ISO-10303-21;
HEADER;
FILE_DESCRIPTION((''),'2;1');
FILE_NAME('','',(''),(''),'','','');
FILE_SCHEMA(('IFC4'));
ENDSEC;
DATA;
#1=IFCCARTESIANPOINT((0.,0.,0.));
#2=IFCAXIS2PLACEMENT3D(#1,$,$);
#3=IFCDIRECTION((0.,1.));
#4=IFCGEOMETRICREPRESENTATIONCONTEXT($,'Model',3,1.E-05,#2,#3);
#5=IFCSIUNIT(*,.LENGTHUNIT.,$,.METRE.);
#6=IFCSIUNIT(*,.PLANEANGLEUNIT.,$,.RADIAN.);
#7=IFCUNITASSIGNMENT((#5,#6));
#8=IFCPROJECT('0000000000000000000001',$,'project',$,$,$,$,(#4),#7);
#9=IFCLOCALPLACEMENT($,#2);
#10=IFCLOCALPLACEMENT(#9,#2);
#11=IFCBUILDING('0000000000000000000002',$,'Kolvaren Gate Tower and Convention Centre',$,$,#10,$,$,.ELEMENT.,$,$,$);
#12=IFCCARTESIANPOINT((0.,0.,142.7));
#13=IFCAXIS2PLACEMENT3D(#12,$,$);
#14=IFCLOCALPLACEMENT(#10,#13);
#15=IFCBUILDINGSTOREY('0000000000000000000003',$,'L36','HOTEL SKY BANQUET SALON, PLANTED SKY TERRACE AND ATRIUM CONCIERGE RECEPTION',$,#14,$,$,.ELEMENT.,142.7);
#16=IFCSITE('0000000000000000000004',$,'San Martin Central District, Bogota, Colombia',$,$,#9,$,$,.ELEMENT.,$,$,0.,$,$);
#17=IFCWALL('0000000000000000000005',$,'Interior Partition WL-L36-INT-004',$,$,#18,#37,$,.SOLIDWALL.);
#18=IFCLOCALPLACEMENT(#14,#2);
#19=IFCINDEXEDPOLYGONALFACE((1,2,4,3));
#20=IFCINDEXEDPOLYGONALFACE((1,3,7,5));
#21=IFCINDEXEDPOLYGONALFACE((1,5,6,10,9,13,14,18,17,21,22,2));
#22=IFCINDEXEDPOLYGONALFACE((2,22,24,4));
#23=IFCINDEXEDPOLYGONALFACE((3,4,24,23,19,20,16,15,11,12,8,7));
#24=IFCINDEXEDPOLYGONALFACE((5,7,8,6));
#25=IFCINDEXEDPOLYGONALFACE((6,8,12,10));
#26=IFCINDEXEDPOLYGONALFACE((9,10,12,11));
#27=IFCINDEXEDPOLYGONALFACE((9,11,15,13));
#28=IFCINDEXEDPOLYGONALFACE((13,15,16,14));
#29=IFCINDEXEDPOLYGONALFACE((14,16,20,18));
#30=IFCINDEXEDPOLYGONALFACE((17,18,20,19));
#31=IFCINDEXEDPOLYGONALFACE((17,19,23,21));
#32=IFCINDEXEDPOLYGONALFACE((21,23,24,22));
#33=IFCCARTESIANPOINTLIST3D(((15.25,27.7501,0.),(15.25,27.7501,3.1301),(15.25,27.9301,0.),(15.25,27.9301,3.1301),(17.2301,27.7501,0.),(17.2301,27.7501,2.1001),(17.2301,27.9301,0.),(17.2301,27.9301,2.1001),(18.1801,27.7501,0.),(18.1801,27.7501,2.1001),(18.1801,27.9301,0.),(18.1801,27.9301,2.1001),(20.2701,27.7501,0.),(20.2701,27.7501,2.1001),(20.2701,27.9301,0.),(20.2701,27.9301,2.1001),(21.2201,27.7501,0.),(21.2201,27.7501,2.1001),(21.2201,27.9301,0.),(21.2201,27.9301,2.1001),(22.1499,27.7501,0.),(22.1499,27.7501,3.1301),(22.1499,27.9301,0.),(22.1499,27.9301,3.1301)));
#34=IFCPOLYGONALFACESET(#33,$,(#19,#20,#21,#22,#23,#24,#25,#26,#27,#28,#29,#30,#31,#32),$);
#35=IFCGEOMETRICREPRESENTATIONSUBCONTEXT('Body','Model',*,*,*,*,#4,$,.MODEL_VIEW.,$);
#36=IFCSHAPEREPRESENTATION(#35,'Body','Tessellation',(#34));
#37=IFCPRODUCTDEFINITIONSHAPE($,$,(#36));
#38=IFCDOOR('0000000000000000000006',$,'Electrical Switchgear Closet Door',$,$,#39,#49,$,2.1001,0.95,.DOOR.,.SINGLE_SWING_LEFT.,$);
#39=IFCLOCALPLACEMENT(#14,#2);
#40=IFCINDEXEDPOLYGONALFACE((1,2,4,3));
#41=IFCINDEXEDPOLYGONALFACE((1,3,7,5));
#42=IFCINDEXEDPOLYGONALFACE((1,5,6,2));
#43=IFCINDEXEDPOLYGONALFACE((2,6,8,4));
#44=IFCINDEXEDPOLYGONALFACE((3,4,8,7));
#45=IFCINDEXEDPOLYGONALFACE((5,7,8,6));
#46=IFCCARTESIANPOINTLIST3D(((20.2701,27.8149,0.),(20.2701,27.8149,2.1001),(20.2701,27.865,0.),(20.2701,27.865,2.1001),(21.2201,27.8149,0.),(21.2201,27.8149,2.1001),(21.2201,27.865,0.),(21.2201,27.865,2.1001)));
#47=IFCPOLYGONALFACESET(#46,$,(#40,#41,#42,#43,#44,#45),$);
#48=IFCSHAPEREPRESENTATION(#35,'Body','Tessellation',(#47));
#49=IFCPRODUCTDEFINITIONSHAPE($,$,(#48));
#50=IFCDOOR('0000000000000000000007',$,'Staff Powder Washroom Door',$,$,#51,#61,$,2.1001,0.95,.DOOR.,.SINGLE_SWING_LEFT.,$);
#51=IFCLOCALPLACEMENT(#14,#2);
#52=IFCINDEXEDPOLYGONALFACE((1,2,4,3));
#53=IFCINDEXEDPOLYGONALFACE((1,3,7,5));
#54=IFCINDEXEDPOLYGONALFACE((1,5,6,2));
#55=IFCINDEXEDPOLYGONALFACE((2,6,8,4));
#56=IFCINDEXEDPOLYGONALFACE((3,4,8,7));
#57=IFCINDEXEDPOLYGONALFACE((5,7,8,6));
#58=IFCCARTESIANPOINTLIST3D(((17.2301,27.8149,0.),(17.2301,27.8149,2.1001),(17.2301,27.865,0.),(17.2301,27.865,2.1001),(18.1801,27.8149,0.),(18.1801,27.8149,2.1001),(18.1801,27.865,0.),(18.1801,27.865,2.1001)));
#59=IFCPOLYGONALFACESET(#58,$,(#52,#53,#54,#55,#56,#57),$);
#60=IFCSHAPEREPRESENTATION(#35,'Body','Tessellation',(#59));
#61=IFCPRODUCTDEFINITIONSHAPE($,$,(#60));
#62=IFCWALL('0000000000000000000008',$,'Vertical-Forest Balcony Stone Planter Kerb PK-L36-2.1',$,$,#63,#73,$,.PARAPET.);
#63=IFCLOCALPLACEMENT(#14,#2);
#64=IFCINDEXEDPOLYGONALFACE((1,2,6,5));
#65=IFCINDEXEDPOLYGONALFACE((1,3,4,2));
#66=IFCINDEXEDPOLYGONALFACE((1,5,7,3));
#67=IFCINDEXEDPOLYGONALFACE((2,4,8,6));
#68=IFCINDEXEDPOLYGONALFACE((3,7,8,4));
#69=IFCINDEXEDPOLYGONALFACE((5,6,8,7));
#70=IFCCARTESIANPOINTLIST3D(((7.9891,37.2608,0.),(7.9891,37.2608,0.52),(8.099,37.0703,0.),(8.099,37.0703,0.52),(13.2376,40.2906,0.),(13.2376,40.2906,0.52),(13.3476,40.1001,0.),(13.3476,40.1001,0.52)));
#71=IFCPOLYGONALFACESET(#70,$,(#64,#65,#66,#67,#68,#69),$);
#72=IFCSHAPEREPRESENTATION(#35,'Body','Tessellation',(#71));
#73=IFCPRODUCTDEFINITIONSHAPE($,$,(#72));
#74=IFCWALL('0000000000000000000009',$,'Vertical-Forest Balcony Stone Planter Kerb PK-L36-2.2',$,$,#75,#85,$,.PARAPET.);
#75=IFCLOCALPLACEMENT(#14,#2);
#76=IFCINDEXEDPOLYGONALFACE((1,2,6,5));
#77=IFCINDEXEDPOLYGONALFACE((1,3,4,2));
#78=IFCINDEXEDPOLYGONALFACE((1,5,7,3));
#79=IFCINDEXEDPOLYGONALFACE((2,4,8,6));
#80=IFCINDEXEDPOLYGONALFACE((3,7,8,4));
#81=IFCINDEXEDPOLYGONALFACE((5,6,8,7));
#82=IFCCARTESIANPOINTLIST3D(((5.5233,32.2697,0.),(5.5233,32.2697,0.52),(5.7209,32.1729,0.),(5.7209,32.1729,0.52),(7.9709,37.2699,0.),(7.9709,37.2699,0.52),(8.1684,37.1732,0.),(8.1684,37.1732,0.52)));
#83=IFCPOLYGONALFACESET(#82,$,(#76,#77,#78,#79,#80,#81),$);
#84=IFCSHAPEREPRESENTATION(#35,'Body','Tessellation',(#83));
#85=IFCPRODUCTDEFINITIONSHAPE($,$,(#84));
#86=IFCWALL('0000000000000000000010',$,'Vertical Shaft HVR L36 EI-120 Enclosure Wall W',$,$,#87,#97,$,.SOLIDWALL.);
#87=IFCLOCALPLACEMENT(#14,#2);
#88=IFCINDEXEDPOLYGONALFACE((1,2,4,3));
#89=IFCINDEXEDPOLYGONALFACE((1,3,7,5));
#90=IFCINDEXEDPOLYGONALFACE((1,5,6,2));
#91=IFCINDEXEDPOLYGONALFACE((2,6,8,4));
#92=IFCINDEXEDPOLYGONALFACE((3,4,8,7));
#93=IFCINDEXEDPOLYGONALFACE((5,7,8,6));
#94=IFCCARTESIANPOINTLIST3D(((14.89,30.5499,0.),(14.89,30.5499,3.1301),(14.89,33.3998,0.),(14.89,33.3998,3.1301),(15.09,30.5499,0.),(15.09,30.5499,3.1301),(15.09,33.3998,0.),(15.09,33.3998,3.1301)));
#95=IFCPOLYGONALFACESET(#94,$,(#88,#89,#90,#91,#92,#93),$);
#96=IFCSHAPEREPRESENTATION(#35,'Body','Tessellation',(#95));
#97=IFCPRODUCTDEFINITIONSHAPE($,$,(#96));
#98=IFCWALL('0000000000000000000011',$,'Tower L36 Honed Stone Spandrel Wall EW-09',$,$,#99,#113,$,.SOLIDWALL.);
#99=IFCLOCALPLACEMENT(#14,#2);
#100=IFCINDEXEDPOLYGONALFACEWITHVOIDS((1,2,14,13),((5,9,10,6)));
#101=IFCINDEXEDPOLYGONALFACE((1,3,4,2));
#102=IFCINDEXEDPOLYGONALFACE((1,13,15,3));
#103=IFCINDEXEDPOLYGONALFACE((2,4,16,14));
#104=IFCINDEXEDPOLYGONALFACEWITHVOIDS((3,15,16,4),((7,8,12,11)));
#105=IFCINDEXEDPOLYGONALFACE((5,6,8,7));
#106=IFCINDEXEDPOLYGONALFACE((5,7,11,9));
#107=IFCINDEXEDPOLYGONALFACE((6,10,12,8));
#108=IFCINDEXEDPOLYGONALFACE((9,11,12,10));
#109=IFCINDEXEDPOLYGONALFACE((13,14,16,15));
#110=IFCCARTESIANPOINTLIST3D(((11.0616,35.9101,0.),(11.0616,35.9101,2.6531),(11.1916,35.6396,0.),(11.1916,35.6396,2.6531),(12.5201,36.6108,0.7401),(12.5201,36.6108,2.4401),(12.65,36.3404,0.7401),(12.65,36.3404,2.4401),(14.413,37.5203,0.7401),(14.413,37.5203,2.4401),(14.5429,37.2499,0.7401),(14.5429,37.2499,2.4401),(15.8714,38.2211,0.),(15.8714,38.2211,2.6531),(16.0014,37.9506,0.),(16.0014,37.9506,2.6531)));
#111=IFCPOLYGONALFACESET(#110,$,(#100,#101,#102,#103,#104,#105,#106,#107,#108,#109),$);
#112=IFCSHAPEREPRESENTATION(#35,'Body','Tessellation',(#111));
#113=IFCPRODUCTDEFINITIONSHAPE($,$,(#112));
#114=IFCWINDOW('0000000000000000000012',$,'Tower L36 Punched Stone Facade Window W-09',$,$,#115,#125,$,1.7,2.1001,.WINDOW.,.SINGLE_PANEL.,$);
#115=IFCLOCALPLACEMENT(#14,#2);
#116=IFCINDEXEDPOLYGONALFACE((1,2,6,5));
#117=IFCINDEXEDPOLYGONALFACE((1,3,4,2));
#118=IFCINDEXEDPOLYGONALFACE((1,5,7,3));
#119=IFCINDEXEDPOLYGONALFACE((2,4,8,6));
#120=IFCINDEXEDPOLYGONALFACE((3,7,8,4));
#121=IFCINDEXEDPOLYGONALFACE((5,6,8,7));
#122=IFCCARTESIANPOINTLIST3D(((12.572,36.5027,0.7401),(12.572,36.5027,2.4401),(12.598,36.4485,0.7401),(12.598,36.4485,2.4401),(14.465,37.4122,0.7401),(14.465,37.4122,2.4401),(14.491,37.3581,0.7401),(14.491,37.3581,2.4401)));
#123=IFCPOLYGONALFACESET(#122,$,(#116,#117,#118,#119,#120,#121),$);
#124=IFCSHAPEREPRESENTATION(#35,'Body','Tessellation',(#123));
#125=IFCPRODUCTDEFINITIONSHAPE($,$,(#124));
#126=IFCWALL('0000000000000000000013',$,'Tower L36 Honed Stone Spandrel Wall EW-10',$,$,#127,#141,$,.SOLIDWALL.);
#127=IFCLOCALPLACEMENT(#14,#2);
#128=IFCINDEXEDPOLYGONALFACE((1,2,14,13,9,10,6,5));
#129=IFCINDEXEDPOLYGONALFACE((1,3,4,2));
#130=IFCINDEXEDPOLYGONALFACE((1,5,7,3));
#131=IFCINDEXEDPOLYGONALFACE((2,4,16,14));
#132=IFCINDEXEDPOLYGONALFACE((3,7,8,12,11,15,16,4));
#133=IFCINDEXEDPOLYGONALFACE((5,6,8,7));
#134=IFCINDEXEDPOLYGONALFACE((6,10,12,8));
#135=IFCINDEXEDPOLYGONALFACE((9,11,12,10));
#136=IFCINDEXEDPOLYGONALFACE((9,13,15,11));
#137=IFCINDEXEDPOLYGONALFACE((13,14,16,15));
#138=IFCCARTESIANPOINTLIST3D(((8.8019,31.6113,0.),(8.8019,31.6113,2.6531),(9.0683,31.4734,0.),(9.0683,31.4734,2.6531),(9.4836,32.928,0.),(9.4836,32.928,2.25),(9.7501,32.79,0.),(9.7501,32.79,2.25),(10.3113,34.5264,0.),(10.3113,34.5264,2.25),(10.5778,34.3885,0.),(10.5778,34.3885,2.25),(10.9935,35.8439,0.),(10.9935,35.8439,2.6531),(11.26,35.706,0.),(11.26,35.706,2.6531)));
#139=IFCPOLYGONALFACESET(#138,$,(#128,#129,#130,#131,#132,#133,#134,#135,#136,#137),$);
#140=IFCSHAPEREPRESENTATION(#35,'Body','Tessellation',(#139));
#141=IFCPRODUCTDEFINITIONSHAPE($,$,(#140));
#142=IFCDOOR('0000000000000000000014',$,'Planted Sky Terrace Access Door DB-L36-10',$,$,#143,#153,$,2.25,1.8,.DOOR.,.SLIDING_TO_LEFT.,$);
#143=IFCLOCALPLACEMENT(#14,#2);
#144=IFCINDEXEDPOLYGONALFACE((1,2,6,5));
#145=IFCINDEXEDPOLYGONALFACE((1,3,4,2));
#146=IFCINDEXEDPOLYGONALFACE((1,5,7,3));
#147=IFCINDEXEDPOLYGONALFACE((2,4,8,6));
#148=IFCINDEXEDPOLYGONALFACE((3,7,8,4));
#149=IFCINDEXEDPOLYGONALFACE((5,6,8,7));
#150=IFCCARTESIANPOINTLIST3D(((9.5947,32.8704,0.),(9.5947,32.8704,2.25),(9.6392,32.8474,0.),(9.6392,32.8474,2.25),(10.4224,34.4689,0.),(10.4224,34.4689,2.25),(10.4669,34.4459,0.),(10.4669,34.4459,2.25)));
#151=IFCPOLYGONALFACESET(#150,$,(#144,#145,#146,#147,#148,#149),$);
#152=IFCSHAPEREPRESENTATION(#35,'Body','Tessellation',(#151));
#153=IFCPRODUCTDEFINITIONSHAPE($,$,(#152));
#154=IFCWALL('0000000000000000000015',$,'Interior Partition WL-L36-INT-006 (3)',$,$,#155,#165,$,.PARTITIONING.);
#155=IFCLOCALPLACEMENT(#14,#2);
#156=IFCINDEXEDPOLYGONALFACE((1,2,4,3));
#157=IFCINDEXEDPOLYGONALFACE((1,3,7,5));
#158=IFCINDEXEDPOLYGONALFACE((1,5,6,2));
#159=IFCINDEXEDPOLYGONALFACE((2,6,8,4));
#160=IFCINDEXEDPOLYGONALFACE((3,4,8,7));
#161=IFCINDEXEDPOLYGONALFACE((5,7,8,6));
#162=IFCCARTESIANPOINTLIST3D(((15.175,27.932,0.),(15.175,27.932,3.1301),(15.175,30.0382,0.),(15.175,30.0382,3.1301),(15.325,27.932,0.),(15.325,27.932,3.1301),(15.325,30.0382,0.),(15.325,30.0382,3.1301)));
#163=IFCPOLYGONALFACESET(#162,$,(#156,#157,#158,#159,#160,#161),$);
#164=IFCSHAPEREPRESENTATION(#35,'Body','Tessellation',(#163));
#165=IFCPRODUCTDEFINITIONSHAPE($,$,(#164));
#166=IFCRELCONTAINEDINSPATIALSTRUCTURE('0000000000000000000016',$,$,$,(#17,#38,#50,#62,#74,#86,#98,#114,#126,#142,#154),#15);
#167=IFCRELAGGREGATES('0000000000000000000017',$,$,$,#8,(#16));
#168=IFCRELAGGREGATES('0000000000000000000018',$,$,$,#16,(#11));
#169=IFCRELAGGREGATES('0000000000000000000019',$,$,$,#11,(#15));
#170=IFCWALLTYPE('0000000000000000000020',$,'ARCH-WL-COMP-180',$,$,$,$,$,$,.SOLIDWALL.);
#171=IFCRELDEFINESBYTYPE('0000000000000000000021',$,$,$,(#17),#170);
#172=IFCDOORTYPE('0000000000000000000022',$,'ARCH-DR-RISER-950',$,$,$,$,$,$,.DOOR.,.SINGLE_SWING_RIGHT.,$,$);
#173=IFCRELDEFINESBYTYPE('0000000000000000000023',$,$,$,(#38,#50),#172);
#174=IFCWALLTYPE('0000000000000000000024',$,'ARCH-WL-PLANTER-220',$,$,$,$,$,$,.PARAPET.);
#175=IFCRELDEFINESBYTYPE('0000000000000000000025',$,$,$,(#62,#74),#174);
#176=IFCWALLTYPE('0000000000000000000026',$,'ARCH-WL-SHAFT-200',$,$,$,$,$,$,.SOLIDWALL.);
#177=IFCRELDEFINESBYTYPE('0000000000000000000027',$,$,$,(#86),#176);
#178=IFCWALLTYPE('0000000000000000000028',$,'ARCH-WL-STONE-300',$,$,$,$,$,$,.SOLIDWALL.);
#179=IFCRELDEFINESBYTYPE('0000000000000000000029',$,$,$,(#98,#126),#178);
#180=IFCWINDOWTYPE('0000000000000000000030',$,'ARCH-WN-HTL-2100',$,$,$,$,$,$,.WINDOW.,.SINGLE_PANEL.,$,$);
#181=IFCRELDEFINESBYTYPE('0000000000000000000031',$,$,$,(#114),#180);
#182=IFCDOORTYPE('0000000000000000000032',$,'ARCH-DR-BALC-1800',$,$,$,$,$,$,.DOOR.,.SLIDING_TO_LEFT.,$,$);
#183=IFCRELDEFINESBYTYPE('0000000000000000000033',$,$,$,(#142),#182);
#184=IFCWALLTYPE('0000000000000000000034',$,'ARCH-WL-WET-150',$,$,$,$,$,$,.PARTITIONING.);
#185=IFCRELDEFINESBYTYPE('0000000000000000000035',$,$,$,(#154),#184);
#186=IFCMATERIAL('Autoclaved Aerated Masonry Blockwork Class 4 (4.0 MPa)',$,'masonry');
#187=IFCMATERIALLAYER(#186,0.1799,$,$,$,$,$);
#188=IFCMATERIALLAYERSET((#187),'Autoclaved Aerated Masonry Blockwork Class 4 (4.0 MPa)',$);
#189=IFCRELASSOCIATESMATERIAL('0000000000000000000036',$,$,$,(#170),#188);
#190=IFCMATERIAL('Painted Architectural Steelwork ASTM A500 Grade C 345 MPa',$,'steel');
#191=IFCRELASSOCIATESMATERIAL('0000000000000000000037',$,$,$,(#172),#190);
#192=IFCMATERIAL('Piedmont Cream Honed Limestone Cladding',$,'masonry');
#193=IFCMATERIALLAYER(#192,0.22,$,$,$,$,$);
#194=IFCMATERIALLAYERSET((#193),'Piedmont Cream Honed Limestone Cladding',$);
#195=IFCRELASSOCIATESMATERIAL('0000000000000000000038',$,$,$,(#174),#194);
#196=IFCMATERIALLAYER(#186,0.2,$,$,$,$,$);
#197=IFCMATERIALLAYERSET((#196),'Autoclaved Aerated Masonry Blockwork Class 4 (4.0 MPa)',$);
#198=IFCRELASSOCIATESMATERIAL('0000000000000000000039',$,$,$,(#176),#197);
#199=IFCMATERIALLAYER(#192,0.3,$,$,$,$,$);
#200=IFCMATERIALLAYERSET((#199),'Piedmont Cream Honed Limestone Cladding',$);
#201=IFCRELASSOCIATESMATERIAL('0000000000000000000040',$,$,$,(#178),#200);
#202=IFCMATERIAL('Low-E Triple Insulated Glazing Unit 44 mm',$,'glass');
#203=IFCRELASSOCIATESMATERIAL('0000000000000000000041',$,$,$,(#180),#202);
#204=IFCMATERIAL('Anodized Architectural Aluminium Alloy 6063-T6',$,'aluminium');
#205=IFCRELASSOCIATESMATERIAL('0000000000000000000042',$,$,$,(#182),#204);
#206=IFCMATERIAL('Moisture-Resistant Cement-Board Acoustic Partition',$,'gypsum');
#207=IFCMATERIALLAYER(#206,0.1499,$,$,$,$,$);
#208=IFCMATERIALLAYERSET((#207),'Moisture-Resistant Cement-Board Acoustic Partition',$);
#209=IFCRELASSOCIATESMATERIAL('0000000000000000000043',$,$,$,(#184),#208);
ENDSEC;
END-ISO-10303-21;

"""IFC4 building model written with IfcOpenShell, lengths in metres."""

from ifc_helpers import new_model, si_unit, direction, frame, frame_2d, origin, place, context, subcontext, project, spatial, rectangle, extrude, material, layer, layer_set, type_object, element, fill, save


model = new_model("IFC4")

# Units and contexts
model_context = context("Model", 3, precision=1e-05, world=origin(), true_north=direction((0.0, 1.0)))
body_context = subcontext(model_context, "Body", "Model", "MODEL_VIEW")
ifc_project = project(units=[si_unit("LENGTHUNIT", "METRE"), si_unit("PLANEANGLEUNIT", "RADIAN")], contexts=[model_context])

# Site, building, storey
site_placement = place(None, origin())
site = spatial("IfcSite", under=ifc_project, at=site_placement, Name="San Martin Central District, Bogota, Colombia", CompositionType="ELEMENT", RefElevation=0.0)
building_placement = place(site_placement, origin())
building = spatial("IfcBuilding", under=site, at=building_placement, Name="Kolvaren Gate Tower and Convention Centre", CompositionType="ELEMENT")
storey_placement = place(building_placement, frame((0.0, 0.0, 142.7)))
storey = spatial("IfcBuildingStorey", under=building, at=storey_placement, Name="L36", Description="HOTEL SKY BANQUET SALON, PLANTED SKY TERRACE AND ATRIUM CONCIERGE RECEPTION", CompositionType="ELEMENT", Elevation=142.7)

# Wall, openings, doors
ifc_material_1 = material(Name="Autoclaved Aerated Masonry Blockwork Class 4 (4.0 MPa)", Category="masonry")
ifc_layer_1 = layer(ifc_material_1, 0.1799)
ifc_layer_set_1 = layer_set([ifc_layer_1], Name="Autoclaved Aerated Masonry Blockwork Class 4 (4.0 MPa)")
wall_type_1 = type_object("IfcWallType", Name="ARCH-WL-COMP-180", PredefinedType="SOLIDWALL", material=ifc_layer_set_1)
wall_1_placement = place(storey_placement, frame((15.25, 27.8401, 0.0), z_axis=(0.0, 0.0, 1.0), x_axis=(1.0, 0.0, 0.0)))
wall_1 = element("IfcWall", 1, at=wall_1_placement, inside=storey, type_object=wall_type_1, Name="Interior Partition WL-L36-INT-004", PredefinedType="SOLIDWALL", context=body_context, shape_type="SweptSolid", body=[
    extrude(rectangle(XDim=6.8999, YDim=0.1799, at=frame_2d((3.45, 0.0))), origin(), (0.0, 0.0, 1.0), 3.1301),
])
opening_1_placement = place(wall_1_placement, frame((5.02, 0.0, 0.0)))
opening_1 = element("IfcOpeningElement", 2, at=opening_1_placement, cuts=wall_1, PredefinedType="OPENING", context=body_context, shape_type="SweptSolid", body=[
    extrude(rectangle(XDim=0.95, YDim=2.1001, at=frame_2d((0.4751, 1.05))), frame((0.0, 0.0999, 0.0), z_axis=(0.0, -1.0, 0.0), x_axis=(1.0, 0.0, 0.0)), (0.0, 0.0, 1.0), 0.2),
])
opening_2_placement = place(wall_1_placement, frame((1.98, 0.0, 0.0)))
opening_2 = element("IfcOpeningElement", 3, at=opening_2_placement, cuts=wall_1, PredefinedType="OPENING", context=body_context, shape_type="SweptSolid", body=[
    extrude(rectangle(XDim=0.95, YDim=2.1001, at=frame_2d((0.4751, 1.05))), frame((0.0, 0.0999, 0.0), z_axis=(0.0, -1.0, 0.0), x_axis=(1.0, 0.0, 0.0)), (0.0, 0.0, 1.0), 0.2),
])
ifc_material_2 = material(Name="Painted Architectural Steelwork ASTM A500 Grade C 345 MPa", Category="steel")
door_type_1 = type_object("IfcDoorType", Name="ARCH-DR-RISER-950", OperationType="SINGLE_SWING_RIGHT", PredefinedType="DOOR", material=ifc_material_2)
door_1_placement = place(opening_1_placement, origin())
door_1 = element("IfcDoor", 4, at=door_1_placement, inside=storey, type_object=door_type_1, Name="Electrical Switchgear Closet Door", OperationType="SINGLE_SWING_LEFT", OverallHeight=2.1001, OverallWidth=0.95, PredefinedType="DOOR", context=body_context, shape_type="SweptSolid", body=[
    extrude(rectangle(XDim=0.95, YDim=2.1001, at=frame_2d((0.4751, 1.05))), frame((0.0, 0.0249, 0.0), z_axis=(0.0, -1.0, 0.0), x_axis=(1.0, 0.0, 0.0)), (0.0, 0.0, 1.0), 0.05),
])
fill(opening_1, door_1)
door_2_placement = place(opening_2_placement, origin())
door_2 = element("IfcDoor", 5, at=door_2_placement, inside=storey, type_object=door_type_1, Name="Staff Powder Washroom Door", OperationType="SINGLE_SWING_LEFT", OverallHeight=2.1001, OverallWidth=0.95, PredefinedType="DOOR", context=body_context, shape_type="SweptSolid", body=[
    extrude(rectangle(XDim=0.95, YDim=2.1001, at=frame_2d((0.4751, 1.05))), frame((0.0, 0.0249, 0.0), z_axis=(0.0, -1.0, 0.0), x_axis=(1.0, 0.0, 0.0)), (0.0, 0.0, 1.0), 0.05),
])
fill(opening_2, door_2)

# Walls
ifc_material_3 = material(Name="Piedmont Cream Honed Limestone Cladding", Category="masonry")
ifc_layer_2 = layer(ifc_material_3, 0.22)
ifc_layer_set_2 = layer_set([ifc_layer_2], Name="Piedmont Cream Honed Limestone Cladding")
wall_type_2 = type_object("IfcWallType", Name="ARCH-WL-PLANTER-220", PredefinedType="PARAPET", material=ifc_layer_set_2)
wall_2_placement = place(storey_placement, frame((8.0439, 37.1655, 0.0), z_axis=(0.0, 0.0, 1.0), x_axis=(0.866058, 0.499943, 0.0)))
element("IfcWall", 6, at=wall_2_placement, inside=storey, type_object=wall_type_2, Name="Vertical-Forest Balcony Stone Planter Kerb PK-L36-2.1", PredefinedType="PARAPET", context=body_context, shape_type="SweptSolid", body=[
    extrude(rectangle(XDim=6.0603, YDim=0.22, at=frame_2d((3.0303, 0.0))), origin(), (0.0, 0.0, 1.0), 0.52),
])
wall_3_placement = place(storey_placement, frame((5.6221, 32.2212, 0.0), z_axis=(0.0, 0.0, 1.0), x_axis=(0.439637, 0.898175, 0.0)))
element("IfcWall", 7, at=wall_3_placement, inside=storey, type_object=wall_type_2, Name="Vertical-Forest Balcony Stone Planter Kerb PK-L36-2.2", PredefinedType="PARAPET", context=body_context, shape_type="SweptSolid", body=[
    extrude(rectangle(XDim=5.5671, YDim=0.22, at=frame_2d((2.7837, 0.0))), origin(), (0.0, 0.0, 1.0), 0.52),
])
ifc_layer_3 = layer(ifc_material_1, 0.2)
ifc_layer_set_3 = layer_set([ifc_layer_3], Name="Autoclaved Aerated Masonry Blockwork Class 4 (4.0 MPa)")
wall_type_3 = type_object("IfcWallType", Name="ARCH-WL-SHAFT-200", PredefinedType="SOLIDWALL", material=ifc_layer_set_3)
wall_4_placement = place(storey_placement, frame((14.99, 30.55, 0.0), z_axis=(0.0, 0.0, 1.0), x_axis=(0.0, 1.0, 0.0)))
element("IfcWall", 8, at=wall_4_placement, inside=storey, type_object=wall_type_3, Name="Vertical Shaft HVR L36 EI-120 Enclosure Wall W", PredefinedType="SOLIDWALL", context=body_context, shape_type="SweptSolid", body=[
    extrude(rectangle(XDim=2.8499, YDim=0.2, at=frame_2d((1.4248, 0.0))), origin(), (0.0, 0.0, 1.0), 3.1301),
])

# Wall, opening, window
ifc_layer_4 = layer(ifc_material_3, 0.3)
ifc_layer_set_4 = layer_set([ifc_layer_4], Name="Piedmont Cream Honed Limestone Cladding")
wall_type_4 = type_object("IfcWallType", Name="ARCH-WL-STONE-300", PredefinedType="SOLIDWALL", material=ifc_layer_set_4)
wall_5_placement = place(storey_placement, frame((11.1267, 35.7749, 0.0), z_axis=(0.0, 0.0, 1.0), x_axis=(0.901353, 0.433085, 0.0)))
wall_5 = element("IfcWall", 9, at=wall_5_placement, inside=storey, type_object=wall_type_4, Name="Tower L36 Honed Stone Spandrel Wall EW-09", PredefinedType="SOLIDWALL", context=body_context, shape_type="SweptSolid", body=[
    extrude(rectangle(XDim=5.3362, YDim=0.3, at=frame_2d((2.668, 0.0))), origin(), (0.0, 0.0, 1.0), 2.6531),
])
opening_3_placement = place(wall_5_placement, frame((1.6179, 0.0, 0.74)))
opening_3 = element("IfcOpeningElement", 10, at=opening_3_placement, cuts=wall_5, PredefinedType="OPENING", context=body_context, shape_type="SweptSolid", body=[
    extrude(rectangle(XDim=2.1001, YDim=1.7, at=frame_2d((1.05, 0.8501))), frame((0.0, 0.1599, 0.0), z_axis=(0.0, -1.0, 0.0), x_axis=(1.0, 0.0, 0.0)), (0.0, 0.0, 1.0), 0.3201),
])
ifc_material_4 = material(Name="Low-E Triple Insulated Glazing Unit 44 mm", Category="glass")
window_type = type_object("IfcWindowType", Name="ARCH-WN-HTL-2100", PartitioningType="SINGLE_PANEL", PredefinedType="WINDOW", material=ifc_material_4)
window_placement = place(opening_3_placement, origin())
window = element("IfcWindow", 11, at=window_placement, inside=storey, type_object=window_type, Name="Tower L36 Punched Stone Facade Window W-09", OverallHeight=1.7, OverallWidth=2.1001, PartitioningType="SINGLE_PANEL", PredefinedType="WINDOW", context=body_context, shape_type="SweptSolid", body=[
    extrude(rectangle(XDim=2.1001, YDim=1.7, at=frame_2d((1.05, 0.8501))), frame((0.0, 0.03, 0.0), z_axis=(0.0, -1.0, 0.0), x_axis=(1.0, 0.0, 0.0)), (0.0, 0.0, 1.0), 0.0601),
])
fill(opening_3, window)

# Wall, opening, door
wall_6_placement = place(storey_placement, frame((8.9351, 31.5422, 0.0), z_axis=(0.0, 0.0, 1.0), x_axis=(0.45981, 0.888017, 0.0)))
wall_6 = element("IfcWall", 12, at=wall_6_placement, inside=storey, type_object=wall_type_4, Name="Tower L36 Honed Stone Spandrel Wall EW-10", PredefinedType="SOLIDWALL", context=body_context, shape_type="SweptSolid", body=[
    extrude(rectangle(XDim=4.7664, YDim=0.3, at=frame_2d((2.3833, 0.0))), origin(), (0.0, 0.0, 1.0), 2.6531),
])
opening_4_placement = place(wall_6_placement, frame((1.4829, 0.0, 0.0)))
opening_4 = element("IfcOpeningElement", 13, at=opening_4_placement, cuts=wall_6, PredefinedType="OPENING", context=body_context, shape_type="SweptSolid", body=[
    extrude(rectangle(XDim=1.8, YDim=2.25, at=frame_2d((0.8999, 1.125))), frame((0.0, 0.1599, 0.0), z_axis=(0.0, -1.0, 0.0), x_axis=(1.0, 0.0, 0.0)), (0.0, 0.0, 1.0), 0.3201),
])
ifc_material_5 = material(Name="Anodized Architectural Aluminium Alloy 6063-T6", Category="aluminium")
door_type_2 = type_object("IfcDoorType", Name="ARCH-DR-BALC-1800", OperationType="SLIDING_TO_LEFT", PredefinedType="DOOR", material=ifc_material_5)
door_3_placement = place(opening_4_placement, origin())
door_3 = element("IfcDoor", 14, at=door_3_placement, inside=storey, type_object=door_type_2, Name="Planted Sky Terrace Access Door DB-L36-10", OperationType="SLIDING_TO_LEFT", OverallHeight=2.25, OverallWidth=1.8, PredefinedType="DOOR", context=body_context, shape_type="SweptSolid", body=[
    extrude(rectangle(XDim=1.8, YDim=2.25, at=frame_2d((0.8999, 1.125))), frame((0.0, 0.0249, 0.0), z_axis=(0.0, -1.0, 0.0), x_axis=(1.0, 0.0, 0.0)), (0.0, 0.0, 1.0), 0.05),
])
fill(opening_4, door_3)

# Wall
ifc_material_6 = material(Name="Moisture-Resistant Cement-Board Acoustic Partition", Category="gypsum")
ifc_layer_5 = layer(ifc_material_6, 0.1499)
ifc_layer_set_5 = layer_set([ifc_layer_5], Name="Moisture-Resistant Cement-Board Acoustic Partition")
wall_type_5 = type_object("IfcWallType", Name="ARCH-WL-WET-150", PredefinedType="PARTITIONING", material=ifc_layer_set_5)
wall_7_placement = place(storey_placement, frame((15.25, 27.9319, 0.0), z_axis=(0.0, 0.0, 1.0), x_axis=(0.0, 1.0, 0.0)))
element("IfcWall", 15, at=wall_7_placement, inside=storey, type_object=wall_type_5, Name="Interior Partition WL-L36-INT-006 (3)", PredefinedType="PARTITIONING", context=body_context, shape_type="SweptSolid", body=[
    extrude(rectangle(XDim=2.1062, YDim=0.1499, at=frame_2d((1.0532, 0.0))), origin(), (0.0, 0.0, 1.0), 3.1301),
])

save(model, "model.ifc")
